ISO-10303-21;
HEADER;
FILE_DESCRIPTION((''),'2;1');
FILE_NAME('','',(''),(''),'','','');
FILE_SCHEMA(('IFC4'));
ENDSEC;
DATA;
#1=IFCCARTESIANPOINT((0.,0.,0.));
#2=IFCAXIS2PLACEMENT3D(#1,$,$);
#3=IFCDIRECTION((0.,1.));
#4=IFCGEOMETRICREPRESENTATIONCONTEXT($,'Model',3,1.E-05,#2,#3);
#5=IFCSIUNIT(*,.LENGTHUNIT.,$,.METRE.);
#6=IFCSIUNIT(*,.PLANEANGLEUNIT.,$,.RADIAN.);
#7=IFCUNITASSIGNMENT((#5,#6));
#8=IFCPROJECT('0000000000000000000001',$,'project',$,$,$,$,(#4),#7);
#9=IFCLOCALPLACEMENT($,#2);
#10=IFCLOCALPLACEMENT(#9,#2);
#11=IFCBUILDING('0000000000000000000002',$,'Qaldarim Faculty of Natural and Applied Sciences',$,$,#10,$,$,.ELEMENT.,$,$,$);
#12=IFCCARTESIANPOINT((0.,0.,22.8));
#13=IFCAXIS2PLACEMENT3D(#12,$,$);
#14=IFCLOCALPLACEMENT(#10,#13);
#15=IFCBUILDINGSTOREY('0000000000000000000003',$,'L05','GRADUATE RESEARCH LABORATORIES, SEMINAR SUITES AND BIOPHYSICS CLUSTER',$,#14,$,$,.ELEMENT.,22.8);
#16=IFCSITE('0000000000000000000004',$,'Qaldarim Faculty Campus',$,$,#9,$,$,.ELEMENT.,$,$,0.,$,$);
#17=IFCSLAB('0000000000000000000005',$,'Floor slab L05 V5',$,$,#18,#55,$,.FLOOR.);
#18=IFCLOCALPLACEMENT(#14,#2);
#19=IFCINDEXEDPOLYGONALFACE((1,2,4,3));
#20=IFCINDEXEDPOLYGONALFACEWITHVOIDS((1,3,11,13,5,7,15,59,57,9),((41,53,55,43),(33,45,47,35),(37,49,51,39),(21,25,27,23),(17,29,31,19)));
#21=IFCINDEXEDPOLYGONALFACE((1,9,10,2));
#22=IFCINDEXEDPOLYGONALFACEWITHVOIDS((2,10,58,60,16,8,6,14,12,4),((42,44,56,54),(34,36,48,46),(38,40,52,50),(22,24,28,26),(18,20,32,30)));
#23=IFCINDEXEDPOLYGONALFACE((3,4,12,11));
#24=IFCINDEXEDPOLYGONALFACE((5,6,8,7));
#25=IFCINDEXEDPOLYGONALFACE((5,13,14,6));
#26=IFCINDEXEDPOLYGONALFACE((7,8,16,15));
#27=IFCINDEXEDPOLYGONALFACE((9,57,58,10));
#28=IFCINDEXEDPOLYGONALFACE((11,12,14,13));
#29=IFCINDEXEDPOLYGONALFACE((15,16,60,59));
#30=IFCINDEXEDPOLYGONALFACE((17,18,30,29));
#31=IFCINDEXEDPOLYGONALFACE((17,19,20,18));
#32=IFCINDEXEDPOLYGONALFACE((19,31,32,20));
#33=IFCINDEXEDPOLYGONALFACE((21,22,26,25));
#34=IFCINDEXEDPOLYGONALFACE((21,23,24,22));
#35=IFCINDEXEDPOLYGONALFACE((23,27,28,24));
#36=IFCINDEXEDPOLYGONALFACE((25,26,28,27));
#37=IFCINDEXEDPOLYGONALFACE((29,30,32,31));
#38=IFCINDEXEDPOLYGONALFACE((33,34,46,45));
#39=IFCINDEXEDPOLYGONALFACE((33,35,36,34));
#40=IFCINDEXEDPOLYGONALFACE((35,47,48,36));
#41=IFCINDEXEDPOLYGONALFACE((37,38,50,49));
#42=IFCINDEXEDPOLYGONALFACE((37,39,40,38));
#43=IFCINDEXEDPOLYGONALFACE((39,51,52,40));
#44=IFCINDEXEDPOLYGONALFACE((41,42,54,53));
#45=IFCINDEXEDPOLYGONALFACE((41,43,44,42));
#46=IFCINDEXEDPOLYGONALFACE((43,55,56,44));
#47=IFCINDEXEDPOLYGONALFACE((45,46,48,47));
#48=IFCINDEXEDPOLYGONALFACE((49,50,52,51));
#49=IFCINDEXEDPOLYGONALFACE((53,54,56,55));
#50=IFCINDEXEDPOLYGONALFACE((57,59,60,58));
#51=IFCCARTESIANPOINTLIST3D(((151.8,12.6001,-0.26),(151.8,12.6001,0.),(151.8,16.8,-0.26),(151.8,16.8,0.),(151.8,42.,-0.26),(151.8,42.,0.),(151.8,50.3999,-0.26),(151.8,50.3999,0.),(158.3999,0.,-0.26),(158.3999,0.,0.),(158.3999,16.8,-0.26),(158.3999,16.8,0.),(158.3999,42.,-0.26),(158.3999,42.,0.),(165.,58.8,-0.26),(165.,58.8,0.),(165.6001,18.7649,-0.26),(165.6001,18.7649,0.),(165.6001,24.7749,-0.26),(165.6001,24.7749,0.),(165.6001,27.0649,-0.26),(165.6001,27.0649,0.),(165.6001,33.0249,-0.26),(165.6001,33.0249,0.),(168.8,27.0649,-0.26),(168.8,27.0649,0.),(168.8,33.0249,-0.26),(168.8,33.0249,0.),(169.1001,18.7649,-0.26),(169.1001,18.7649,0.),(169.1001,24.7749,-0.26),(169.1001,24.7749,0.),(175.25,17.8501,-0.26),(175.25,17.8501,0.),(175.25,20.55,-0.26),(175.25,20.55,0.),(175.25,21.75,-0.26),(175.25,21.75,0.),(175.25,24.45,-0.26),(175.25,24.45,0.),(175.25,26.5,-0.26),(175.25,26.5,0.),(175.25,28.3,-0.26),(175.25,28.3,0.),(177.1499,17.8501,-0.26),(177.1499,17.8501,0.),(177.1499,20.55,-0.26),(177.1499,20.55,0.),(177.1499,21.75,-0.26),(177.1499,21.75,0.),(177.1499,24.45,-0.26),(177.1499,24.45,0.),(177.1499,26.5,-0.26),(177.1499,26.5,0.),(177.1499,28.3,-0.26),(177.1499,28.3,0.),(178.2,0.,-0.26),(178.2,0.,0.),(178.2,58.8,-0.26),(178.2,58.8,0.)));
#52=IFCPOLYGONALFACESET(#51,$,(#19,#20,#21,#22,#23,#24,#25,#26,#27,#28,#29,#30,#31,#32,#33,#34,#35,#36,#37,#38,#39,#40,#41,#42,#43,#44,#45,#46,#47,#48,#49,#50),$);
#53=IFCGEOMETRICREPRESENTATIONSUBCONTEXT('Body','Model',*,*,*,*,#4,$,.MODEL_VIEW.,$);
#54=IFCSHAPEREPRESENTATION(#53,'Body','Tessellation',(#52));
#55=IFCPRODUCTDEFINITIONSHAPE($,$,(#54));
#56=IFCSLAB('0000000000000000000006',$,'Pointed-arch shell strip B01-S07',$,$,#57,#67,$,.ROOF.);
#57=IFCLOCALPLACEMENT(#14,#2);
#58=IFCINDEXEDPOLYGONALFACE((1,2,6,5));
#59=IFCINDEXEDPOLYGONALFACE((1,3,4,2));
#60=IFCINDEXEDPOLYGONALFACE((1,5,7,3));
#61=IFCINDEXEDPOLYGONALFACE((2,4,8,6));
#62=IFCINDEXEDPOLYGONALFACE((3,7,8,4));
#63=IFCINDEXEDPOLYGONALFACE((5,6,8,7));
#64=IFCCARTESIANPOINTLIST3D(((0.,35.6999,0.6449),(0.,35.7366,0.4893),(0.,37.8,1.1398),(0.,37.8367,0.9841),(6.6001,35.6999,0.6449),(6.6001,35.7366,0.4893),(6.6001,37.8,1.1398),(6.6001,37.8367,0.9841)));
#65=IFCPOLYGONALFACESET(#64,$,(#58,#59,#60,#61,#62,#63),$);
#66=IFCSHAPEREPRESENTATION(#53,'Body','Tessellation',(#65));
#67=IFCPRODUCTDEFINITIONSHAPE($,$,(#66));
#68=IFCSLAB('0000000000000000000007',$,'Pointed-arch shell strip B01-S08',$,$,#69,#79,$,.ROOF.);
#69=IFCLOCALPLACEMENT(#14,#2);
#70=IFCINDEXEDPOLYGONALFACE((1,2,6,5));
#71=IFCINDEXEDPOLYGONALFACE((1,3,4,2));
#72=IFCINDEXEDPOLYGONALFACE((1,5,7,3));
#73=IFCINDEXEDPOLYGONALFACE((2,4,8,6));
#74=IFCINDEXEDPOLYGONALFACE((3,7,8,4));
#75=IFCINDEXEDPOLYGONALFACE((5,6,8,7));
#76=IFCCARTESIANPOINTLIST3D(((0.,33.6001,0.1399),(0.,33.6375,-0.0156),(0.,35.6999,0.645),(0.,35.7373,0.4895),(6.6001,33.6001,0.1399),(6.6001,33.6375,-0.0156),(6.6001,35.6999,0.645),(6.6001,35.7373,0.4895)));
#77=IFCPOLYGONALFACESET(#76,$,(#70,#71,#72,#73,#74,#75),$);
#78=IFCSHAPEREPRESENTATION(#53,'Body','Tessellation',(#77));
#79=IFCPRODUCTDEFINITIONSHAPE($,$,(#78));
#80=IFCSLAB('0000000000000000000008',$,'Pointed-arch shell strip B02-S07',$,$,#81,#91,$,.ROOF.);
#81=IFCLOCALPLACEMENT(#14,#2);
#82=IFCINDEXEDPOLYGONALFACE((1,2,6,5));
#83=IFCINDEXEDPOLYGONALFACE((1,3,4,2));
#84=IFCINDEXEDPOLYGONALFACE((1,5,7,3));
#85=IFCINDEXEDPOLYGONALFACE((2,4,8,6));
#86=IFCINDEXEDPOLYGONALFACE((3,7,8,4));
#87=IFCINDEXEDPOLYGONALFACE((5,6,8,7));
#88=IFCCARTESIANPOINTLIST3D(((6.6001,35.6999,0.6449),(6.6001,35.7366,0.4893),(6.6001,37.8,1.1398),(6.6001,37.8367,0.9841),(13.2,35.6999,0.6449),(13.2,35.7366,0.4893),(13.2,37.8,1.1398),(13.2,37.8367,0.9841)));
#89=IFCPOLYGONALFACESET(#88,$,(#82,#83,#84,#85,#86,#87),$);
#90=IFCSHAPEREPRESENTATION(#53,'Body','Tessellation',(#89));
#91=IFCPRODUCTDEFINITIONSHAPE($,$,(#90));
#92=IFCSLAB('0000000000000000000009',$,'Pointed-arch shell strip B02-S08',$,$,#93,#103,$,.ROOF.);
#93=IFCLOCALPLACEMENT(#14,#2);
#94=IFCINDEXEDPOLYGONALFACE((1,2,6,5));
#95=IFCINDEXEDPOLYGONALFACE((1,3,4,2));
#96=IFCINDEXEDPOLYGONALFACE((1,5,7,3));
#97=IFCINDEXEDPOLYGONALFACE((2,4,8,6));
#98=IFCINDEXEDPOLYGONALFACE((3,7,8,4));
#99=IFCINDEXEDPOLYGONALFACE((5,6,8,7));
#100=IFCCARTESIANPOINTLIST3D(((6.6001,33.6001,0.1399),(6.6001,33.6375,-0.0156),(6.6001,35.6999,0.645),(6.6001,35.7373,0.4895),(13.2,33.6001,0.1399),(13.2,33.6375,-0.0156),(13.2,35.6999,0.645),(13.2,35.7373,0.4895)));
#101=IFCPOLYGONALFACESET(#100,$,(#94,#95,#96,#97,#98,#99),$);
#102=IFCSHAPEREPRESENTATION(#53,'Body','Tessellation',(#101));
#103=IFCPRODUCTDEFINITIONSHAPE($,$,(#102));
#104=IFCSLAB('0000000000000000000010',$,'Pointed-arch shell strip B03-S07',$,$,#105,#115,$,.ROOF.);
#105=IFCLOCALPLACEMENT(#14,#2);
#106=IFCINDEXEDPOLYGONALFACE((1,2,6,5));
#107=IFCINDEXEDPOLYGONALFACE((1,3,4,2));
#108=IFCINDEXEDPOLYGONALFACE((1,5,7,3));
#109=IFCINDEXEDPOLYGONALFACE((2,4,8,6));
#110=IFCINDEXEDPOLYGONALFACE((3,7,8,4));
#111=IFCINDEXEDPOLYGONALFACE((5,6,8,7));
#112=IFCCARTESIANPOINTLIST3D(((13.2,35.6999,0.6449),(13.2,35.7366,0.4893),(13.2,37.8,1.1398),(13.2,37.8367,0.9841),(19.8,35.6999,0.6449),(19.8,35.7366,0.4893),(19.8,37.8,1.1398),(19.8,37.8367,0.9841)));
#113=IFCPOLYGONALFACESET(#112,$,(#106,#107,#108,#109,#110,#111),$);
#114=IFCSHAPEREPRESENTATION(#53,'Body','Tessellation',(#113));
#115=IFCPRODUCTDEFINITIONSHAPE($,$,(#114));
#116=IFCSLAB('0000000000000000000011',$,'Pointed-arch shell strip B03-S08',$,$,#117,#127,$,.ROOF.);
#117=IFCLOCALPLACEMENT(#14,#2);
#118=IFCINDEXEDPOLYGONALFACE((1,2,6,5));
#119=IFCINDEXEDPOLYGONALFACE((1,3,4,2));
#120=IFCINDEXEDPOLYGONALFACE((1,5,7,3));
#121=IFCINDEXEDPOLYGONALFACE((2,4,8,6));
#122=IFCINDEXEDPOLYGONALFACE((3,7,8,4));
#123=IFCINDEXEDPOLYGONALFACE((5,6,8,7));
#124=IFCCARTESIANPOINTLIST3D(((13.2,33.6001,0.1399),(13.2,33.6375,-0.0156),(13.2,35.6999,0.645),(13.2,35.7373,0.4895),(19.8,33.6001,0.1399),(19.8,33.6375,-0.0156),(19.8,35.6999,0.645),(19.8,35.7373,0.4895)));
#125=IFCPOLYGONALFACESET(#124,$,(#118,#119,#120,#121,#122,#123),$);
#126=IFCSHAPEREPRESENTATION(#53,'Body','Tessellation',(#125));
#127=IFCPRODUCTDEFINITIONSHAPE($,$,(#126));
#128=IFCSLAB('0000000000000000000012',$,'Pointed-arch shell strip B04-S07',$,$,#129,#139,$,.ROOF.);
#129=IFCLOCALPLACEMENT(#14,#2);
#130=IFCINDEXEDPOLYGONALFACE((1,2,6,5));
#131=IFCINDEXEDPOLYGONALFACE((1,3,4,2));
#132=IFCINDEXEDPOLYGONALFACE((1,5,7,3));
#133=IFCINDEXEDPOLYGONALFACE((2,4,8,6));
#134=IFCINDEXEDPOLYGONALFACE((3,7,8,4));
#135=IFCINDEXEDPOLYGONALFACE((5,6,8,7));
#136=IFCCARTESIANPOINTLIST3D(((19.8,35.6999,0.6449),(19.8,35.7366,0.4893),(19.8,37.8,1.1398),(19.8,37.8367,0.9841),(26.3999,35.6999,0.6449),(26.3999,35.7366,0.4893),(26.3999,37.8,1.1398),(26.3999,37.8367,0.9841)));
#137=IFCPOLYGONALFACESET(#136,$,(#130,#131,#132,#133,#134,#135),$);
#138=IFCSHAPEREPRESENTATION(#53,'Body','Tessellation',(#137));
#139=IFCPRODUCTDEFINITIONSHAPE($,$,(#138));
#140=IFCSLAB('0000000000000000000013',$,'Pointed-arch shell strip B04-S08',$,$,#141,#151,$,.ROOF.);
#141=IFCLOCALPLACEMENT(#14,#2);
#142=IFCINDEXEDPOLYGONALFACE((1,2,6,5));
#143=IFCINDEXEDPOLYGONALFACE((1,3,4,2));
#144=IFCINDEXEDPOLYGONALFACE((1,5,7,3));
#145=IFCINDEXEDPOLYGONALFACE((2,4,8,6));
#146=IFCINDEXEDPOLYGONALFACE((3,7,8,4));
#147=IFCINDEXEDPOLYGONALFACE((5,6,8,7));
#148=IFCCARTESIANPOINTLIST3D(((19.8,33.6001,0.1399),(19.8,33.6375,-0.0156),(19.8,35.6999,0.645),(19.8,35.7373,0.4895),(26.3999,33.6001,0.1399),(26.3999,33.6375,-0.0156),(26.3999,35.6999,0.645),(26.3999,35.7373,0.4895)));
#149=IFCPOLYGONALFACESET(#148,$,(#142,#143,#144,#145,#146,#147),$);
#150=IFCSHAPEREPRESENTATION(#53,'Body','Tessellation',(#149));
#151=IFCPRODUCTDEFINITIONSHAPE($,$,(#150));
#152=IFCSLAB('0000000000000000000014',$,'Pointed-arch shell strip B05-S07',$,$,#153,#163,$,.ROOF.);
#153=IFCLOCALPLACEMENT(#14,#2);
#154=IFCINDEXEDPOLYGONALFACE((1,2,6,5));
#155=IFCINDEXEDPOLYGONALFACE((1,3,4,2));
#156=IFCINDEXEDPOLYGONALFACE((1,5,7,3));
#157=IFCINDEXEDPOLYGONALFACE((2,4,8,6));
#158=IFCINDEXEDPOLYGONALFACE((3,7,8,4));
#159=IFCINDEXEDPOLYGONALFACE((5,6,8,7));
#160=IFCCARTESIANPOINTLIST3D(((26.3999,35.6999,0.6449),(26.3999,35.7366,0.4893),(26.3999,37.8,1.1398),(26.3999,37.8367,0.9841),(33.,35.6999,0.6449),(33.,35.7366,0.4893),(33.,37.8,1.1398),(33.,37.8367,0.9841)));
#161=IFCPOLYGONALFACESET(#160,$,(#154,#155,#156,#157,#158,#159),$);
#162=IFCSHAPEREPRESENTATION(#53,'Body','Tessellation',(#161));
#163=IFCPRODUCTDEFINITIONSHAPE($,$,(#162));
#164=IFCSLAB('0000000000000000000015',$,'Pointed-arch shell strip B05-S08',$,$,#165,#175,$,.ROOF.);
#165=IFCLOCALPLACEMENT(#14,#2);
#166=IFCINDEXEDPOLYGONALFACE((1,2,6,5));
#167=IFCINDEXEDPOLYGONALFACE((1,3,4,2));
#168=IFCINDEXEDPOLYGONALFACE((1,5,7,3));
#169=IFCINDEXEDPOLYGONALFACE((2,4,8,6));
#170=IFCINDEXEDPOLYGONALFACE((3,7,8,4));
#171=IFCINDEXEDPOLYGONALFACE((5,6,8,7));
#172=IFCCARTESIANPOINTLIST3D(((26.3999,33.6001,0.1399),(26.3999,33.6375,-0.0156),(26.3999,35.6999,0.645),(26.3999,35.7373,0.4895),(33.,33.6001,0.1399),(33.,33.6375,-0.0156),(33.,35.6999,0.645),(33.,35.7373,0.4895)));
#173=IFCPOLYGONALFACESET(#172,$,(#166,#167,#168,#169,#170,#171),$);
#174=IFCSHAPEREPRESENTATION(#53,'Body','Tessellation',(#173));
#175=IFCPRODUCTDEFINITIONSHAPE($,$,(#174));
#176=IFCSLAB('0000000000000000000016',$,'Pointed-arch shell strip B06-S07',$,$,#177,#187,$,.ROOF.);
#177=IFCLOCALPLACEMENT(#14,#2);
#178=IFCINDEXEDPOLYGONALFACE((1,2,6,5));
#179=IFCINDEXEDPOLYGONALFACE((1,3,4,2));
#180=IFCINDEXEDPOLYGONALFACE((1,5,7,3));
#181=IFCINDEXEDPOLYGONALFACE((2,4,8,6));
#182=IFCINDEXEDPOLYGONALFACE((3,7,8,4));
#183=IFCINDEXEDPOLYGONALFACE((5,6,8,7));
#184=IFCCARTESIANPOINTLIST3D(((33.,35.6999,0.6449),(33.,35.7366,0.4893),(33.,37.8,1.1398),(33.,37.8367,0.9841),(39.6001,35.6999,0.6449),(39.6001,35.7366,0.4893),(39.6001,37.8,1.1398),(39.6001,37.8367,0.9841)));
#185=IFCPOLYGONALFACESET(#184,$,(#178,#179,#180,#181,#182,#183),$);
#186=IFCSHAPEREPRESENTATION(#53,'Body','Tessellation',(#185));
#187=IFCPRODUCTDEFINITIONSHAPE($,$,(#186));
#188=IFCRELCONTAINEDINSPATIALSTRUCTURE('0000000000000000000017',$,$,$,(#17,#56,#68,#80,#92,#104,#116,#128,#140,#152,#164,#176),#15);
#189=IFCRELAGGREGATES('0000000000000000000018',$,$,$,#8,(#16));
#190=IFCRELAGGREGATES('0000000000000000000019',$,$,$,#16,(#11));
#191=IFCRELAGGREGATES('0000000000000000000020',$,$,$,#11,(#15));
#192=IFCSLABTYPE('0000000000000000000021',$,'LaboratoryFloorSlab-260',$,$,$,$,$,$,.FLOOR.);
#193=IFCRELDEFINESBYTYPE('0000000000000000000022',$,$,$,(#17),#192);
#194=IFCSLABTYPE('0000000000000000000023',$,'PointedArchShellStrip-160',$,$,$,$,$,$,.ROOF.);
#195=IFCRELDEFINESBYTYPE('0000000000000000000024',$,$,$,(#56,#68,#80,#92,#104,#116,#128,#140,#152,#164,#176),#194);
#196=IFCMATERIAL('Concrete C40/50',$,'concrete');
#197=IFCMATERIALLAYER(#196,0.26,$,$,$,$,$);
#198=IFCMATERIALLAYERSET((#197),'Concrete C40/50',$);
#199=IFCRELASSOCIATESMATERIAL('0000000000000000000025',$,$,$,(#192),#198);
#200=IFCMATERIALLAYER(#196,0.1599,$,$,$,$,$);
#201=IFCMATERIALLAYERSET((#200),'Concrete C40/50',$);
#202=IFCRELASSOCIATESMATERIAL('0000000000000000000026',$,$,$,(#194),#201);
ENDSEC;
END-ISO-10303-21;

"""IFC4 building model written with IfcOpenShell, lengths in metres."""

from ifc_helpers import new_model, si_unit, direction, frame, origin, place, context, subcontext, project, spatial, polyline, outline, extrude, material, layer, layer_set, type_object, element, save


model = new_model("IFC4")

# Units and contexts
model_context = context("Model", 3, precision=1e-05, world=origin(), true_north=direction((0.0, 1.0)))
body_context = subcontext(model_context, "Body", "Model", "MODEL_VIEW")
ifc_project = project(units=[si_unit("LENGTHUNIT", "METRE"), si_unit("PLANEANGLEUNIT", "RADIAN")], contexts=[model_context])

# Site, building, storey
site_placement = place(None, origin())
site = spatial("IfcSite", under=ifc_project, at=site_placement, Name="Qaldarim Faculty Campus", CompositionType="ELEMENT", RefElevation=0.0)
building_placement = place(site_placement, origin())
building = spatial("IfcBuilding", under=site, at=building_placement, Name="Qaldarim Faculty of Natural and Applied Sciences", CompositionType="ELEMENT")
storey_placement = place(building_placement, frame((0.0, 0.0, 22.8)))
storey = spatial("IfcBuildingStorey", under=building, at=storey_placement, Name="L05", Description="GRADUATE RESEARCH LABORATORIES, SEMINAR SUITES AND BIOPHYSICS CLUSTER", CompositionType="ELEMENT", Elevation=22.8)

# Shared definitions
ifc_material_1 = material(Name="Concrete C40/50", Category="concrete")

# Slabs
ifc_layer_1 = layer(ifc_material_1, 0.26)
ifc_layer_set_1 = layer_set([ifc_layer_1], Name="Concrete C40/50")
slab_type_1 = type_object("IfcSlabType", Name="LaboratoryFloorSlab-260", PredefinedType="FLOOR", material=ifc_layer_set_1)
slab_1_placement = place(storey_placement, frame((0.0, 0.0, -0.26)))
element("IfcSlab", 1, at=slab_1_placement, inside=storey, type_object=slab_type_1, Name="Floor slab L05 V5", PredefinedType="FLOOR", context=body_context, shape_type="SweptSolid", body=[
    extrude(outline(polyline([(158.3999, 0.0), (178.2, 0.0), (178.2, 58.8), (165.0, 58.8), (151.8, 50.3999), (151.8, 42.0), (158.3999, 42.0), (158.3999, 16.8), (151.8, 16.8), (151.8, 12.6001), (158.3999, 0.0)]), holes=[polyline([(169.1001, 18.7649), (169.1001, 24.7749), (165.6001, 24.7749), (165.6001, 18.7649), (169.1001, 18.7649)]), polyline([(168.8, 27.0649), (168.8, 33.0249), (165.6001, 33.0249), (165.6001, 27.0649), (168.8, 27.0649)]), polyline([(175.25, 17.8501), (177.1499, 17.8501), (177.1499, 20.55), (175.25, 20.55), (175.25, 17.8501)]), polyline([(175.25, 21.75), (177.1499, 21.75), (177.1499, 24.45), (175.25, 24.45), (175.25, 21.75)]), polyline([(175.25, 26.5), (177.1499, 26.5), (177.1499, 28.3), (175.25, 28.3), (175.25, 26.5)])]), origin(), (0.0, 0.0, 1.0), 0.26),
])
ifc_layer_2 = layer(ifc_material_1, 0.1599)
ifc_layer_set_2 = layer_set([ifc_layer_2], Name="Concrete C40/50")
slab_type_2 = type_object("IfcSlabType", Name="PointedArchShellStrip-160", PredefinedType="ROOF", material=ifc_layer_set_2)
slab_2_placement = place(storey_placement, frame((0.0, 35.7366, 0.4893), z_axis=(0.0, -0.229361, 0.973341), x_axis=(1.0, 0.0, 0.0)))
element("IfcSlab", 2, at=slab_2_placement, inside=storey, type_object=slab_type_2, Name="Pointed-arch shell strip B01-S07", PredefinedType="ROOF", context=body_context, shape_type="SweptSolid", body=[
    extrude(outline(polyline([(0.0, 0.0), (6.6001, 0.0), (6.6001, 2.1576), (0.0, 2.1576), (0.0, 0.0)])), origin(), (0.0, 0.0, 1.0), 0.1599),
])
slab_3_placement = place(storey_placement, frame((0.0, 33.6375, -0.0156), z_axis=(0.0, -0.233882, 0.972265), x_axis=(1.0, 0.0, 0.0)))
element("IfcSlab", 3, at=slab_3_placement, inside=storey, type_object=slab_type_2, Name="Pointed-arch shell strip B01-S08", PredefinedType="ROOF", context=body_context, shape_type="SweptSolid", body=[
    extrude(outline(polyline([(0.0, 0.0), (6.6001, 0.0), (6.6001, 2.1598), (0.0, 2.1598), (0.0, 0.0)])), origin(), (0.0, 0.0, 1.0), 0.1599),
])
slab_4_placement = place(storey_placement, frame((6.6001, 35.7366, 0.4893), z_axis=(0.0, -0.229361, 0.973341), x_axis=(1.0, 0.0, 0.0)))
element("IfcSlab", 4, at=slab_4_placement, inside=storey, type_object=slab_type_2, Name="Pointed-arch shell strip B02-S07", PredefinedType="ROOF", context=body_context, shape_type="SweptSolid", body=[
    extrude(outline(polyline([(0.0, 0.0), (6.5999, 0.0), (6.5999, 2.1576), (0.0, 2.1576), (0.0, 0.0)])), origin(), (0.0, 0.0, 1.0), 0.1599),
])
slab_5_placement = place(storey_placement, frame((6.6001, 33.6375, -0.0156), z_axis=(0.0, -0.233882, 0.972265), x_axis=(1.0, 0.0, 0.0)))
element("IfcSlab", 5, at=slab_5_placement, inside=storey, type_object=slab_type_2, Name="Pointed-arch shell strip B02-S08", PredefinedType="ROOF", context=body_context, shape_type="SweptSolid", body=[
    extrude(outline(polyline([(0.0, 0.0), (6.5999, 0.0), (6.5999, 2.1598), (0.0, 2.1598), (0.0, 0.0)])), origin(), (0.0, 0.0, 1.0), 0.1599),
])
slab_6_placement = place(storey_placement, frame((13.2, 35.7366, 0.4893), z_axis=(0.0, -0.229361, 0.973341), x_axis=(1.0, 0.0, 0.0)))
element("IfcSlab", 6, at=slab_6_placement, inside=storey, type_object=slab_type_2, Name="Pointed-arch shell strip B03-S07", PredefinedType="ROOF", context=body_context, shape_type="SweptSolid", body=[
    extrude(outline(polyline([(0.0, 0.0), (6.6001, 0.0), (6.6001, 2.1576), (0.0, 2.1576), (0.0, 0.0)])), origin(), (0.0, 0.0, 1.0), 0.1599),
])
slab_7_placement = place(storey_placement, frame((13.2, 33.6375, -0.0156), z_axis=(0.0, -0.233882, 0.972265), x_axis=(1.0, 0.0, 0.0)))
element("IfcSlab", 7, at=slab_7_placement, inside=storey, type_object=slab_type_2, Name="Pointed-arch shell strip B03-S08", PredefinedType="ROOF", context=body_context, shape_type="SweptSolid", body=[
    extrude(outline(polyline([(0.0, 0.0), (6.6001, 0.0), (6.6001, 2.1598), (0.0, 2.1598), (0.0, 0.0)])), origin(), (0.0, 0.0, 1.0), 0.1599),
])
slab_8_placement = place(storey_placement, frame((19.8, 35.7366, 0.4893), z_axis=(0.0, -0.229361, 0.973341), x_axis=(1.0, 0.0, 0.0)))
element("IfcSlab", 8, at=slab_8_placement, inside=storey, type_object=slab_type_2, Name="Pointed-arch shell strip B04-S07", PredefinedType="ROOF", context=body_context, shape_type="SweptSolid", body=[
    extrude(outline(polyline([(0.0, 0.0), (6.5999, 0.0), (6.5999, 2.1576), (0.0, 2.1576), (0.0, 0.0)])), origin(), (0.0, 0.0, 1.0), 0.1599),
])
slab_9_placement = place(storey_placement, frame((19.8, 33.6375, -0.0156), z_axis=(0.0, -0.233882, 0.972265), x_axis=(1.0, 0.0, 0.0)))
element("IfcSlab", 9, at=slab_9_placement, inside=storey, type_object=slab_type_2, Name="Pointed-arch shell strip B04-S08", PredefinedType="ROOF", context=body_context, shape_type="SweptSolid", body=[
    extrude(outline(polyline([(0.0, 0.0), (6.5999, 0.0), (6.5999, 2.1598), (0.0, 2.1598), (0.0, 0.0)])), origin(), (0.0, 0.0, 1.0), 0.1599),
])
slab_10_placement = place(storey_placement, frame((26.3999, 35.7366, 0.4893), z_axis=(0.0, -0.229361, 0.973341), x_axis=(1.0, 0.0, 0.0)))
element("IfcSlab", 10, at=slab_10_placement, inside=storey, type_object=slab_type_2, Name="Pointed-arch shell strip B05-S07", PredefinedType="ROOF", context=body_context, shape_type="SweptSolid", body=[
    extrude(outline(polyline([(0.0, 0.0), (6.6001, 0.0), (6.6001, 2.1576), (0.0, 2.1576), (0.0, 0.0)])), origin(), (0.0, 0.0, 1.0), 0.1599),
])
slab_11_placement = place(storey_placement, frame((26.3999, 33.6375, -0.0156), z_axis=(0.0, -0.233882, 0.972265), x_axis=(1.0, 0.0, 0.0)))
element("IfcSlab", 11, at=slab_11_placement, inside=storey, type_object=slab_type_2, Name="Pointed-arch shell strip B05-S08", PredefinedType="ROOF", context=body_context, shape_type="SweptSolid", body=[
    extrude(outline(polyline([(0.0, 0.0), (6.6001, 0.0), (6.6001, 2.1598), (0.0, 2.1598), (0.0, 0.0)])), origin(), (0.0, 0.0, 1.0), 0.1599),
])
slab_12_placement = place(storey_placement, frame((33.0, 35.7366, 0.4893), z_axis=(0.0, -0.229361, 0.973341), x_axis=(1.0, 0.0, 0.0)))
element("IfcSlab", 12, at=slab_12_placement, inside=storey, type_object=slab_type_2, Name="Pointed-arch shell strip B06-S07", PredefinedType="ROOF", context=body_context, shape_type="SweptSolid", body=[
    extrude(outline(polyline([(0.0, 0.0), (6.6001, 0.0), (6.6001, 2.1576), (0.0, 2.1576), (0.0, 0.0)])), origin(), (0.0, 0.0, 1.0), 0.1599),
])

save(model, "model.ifc")
